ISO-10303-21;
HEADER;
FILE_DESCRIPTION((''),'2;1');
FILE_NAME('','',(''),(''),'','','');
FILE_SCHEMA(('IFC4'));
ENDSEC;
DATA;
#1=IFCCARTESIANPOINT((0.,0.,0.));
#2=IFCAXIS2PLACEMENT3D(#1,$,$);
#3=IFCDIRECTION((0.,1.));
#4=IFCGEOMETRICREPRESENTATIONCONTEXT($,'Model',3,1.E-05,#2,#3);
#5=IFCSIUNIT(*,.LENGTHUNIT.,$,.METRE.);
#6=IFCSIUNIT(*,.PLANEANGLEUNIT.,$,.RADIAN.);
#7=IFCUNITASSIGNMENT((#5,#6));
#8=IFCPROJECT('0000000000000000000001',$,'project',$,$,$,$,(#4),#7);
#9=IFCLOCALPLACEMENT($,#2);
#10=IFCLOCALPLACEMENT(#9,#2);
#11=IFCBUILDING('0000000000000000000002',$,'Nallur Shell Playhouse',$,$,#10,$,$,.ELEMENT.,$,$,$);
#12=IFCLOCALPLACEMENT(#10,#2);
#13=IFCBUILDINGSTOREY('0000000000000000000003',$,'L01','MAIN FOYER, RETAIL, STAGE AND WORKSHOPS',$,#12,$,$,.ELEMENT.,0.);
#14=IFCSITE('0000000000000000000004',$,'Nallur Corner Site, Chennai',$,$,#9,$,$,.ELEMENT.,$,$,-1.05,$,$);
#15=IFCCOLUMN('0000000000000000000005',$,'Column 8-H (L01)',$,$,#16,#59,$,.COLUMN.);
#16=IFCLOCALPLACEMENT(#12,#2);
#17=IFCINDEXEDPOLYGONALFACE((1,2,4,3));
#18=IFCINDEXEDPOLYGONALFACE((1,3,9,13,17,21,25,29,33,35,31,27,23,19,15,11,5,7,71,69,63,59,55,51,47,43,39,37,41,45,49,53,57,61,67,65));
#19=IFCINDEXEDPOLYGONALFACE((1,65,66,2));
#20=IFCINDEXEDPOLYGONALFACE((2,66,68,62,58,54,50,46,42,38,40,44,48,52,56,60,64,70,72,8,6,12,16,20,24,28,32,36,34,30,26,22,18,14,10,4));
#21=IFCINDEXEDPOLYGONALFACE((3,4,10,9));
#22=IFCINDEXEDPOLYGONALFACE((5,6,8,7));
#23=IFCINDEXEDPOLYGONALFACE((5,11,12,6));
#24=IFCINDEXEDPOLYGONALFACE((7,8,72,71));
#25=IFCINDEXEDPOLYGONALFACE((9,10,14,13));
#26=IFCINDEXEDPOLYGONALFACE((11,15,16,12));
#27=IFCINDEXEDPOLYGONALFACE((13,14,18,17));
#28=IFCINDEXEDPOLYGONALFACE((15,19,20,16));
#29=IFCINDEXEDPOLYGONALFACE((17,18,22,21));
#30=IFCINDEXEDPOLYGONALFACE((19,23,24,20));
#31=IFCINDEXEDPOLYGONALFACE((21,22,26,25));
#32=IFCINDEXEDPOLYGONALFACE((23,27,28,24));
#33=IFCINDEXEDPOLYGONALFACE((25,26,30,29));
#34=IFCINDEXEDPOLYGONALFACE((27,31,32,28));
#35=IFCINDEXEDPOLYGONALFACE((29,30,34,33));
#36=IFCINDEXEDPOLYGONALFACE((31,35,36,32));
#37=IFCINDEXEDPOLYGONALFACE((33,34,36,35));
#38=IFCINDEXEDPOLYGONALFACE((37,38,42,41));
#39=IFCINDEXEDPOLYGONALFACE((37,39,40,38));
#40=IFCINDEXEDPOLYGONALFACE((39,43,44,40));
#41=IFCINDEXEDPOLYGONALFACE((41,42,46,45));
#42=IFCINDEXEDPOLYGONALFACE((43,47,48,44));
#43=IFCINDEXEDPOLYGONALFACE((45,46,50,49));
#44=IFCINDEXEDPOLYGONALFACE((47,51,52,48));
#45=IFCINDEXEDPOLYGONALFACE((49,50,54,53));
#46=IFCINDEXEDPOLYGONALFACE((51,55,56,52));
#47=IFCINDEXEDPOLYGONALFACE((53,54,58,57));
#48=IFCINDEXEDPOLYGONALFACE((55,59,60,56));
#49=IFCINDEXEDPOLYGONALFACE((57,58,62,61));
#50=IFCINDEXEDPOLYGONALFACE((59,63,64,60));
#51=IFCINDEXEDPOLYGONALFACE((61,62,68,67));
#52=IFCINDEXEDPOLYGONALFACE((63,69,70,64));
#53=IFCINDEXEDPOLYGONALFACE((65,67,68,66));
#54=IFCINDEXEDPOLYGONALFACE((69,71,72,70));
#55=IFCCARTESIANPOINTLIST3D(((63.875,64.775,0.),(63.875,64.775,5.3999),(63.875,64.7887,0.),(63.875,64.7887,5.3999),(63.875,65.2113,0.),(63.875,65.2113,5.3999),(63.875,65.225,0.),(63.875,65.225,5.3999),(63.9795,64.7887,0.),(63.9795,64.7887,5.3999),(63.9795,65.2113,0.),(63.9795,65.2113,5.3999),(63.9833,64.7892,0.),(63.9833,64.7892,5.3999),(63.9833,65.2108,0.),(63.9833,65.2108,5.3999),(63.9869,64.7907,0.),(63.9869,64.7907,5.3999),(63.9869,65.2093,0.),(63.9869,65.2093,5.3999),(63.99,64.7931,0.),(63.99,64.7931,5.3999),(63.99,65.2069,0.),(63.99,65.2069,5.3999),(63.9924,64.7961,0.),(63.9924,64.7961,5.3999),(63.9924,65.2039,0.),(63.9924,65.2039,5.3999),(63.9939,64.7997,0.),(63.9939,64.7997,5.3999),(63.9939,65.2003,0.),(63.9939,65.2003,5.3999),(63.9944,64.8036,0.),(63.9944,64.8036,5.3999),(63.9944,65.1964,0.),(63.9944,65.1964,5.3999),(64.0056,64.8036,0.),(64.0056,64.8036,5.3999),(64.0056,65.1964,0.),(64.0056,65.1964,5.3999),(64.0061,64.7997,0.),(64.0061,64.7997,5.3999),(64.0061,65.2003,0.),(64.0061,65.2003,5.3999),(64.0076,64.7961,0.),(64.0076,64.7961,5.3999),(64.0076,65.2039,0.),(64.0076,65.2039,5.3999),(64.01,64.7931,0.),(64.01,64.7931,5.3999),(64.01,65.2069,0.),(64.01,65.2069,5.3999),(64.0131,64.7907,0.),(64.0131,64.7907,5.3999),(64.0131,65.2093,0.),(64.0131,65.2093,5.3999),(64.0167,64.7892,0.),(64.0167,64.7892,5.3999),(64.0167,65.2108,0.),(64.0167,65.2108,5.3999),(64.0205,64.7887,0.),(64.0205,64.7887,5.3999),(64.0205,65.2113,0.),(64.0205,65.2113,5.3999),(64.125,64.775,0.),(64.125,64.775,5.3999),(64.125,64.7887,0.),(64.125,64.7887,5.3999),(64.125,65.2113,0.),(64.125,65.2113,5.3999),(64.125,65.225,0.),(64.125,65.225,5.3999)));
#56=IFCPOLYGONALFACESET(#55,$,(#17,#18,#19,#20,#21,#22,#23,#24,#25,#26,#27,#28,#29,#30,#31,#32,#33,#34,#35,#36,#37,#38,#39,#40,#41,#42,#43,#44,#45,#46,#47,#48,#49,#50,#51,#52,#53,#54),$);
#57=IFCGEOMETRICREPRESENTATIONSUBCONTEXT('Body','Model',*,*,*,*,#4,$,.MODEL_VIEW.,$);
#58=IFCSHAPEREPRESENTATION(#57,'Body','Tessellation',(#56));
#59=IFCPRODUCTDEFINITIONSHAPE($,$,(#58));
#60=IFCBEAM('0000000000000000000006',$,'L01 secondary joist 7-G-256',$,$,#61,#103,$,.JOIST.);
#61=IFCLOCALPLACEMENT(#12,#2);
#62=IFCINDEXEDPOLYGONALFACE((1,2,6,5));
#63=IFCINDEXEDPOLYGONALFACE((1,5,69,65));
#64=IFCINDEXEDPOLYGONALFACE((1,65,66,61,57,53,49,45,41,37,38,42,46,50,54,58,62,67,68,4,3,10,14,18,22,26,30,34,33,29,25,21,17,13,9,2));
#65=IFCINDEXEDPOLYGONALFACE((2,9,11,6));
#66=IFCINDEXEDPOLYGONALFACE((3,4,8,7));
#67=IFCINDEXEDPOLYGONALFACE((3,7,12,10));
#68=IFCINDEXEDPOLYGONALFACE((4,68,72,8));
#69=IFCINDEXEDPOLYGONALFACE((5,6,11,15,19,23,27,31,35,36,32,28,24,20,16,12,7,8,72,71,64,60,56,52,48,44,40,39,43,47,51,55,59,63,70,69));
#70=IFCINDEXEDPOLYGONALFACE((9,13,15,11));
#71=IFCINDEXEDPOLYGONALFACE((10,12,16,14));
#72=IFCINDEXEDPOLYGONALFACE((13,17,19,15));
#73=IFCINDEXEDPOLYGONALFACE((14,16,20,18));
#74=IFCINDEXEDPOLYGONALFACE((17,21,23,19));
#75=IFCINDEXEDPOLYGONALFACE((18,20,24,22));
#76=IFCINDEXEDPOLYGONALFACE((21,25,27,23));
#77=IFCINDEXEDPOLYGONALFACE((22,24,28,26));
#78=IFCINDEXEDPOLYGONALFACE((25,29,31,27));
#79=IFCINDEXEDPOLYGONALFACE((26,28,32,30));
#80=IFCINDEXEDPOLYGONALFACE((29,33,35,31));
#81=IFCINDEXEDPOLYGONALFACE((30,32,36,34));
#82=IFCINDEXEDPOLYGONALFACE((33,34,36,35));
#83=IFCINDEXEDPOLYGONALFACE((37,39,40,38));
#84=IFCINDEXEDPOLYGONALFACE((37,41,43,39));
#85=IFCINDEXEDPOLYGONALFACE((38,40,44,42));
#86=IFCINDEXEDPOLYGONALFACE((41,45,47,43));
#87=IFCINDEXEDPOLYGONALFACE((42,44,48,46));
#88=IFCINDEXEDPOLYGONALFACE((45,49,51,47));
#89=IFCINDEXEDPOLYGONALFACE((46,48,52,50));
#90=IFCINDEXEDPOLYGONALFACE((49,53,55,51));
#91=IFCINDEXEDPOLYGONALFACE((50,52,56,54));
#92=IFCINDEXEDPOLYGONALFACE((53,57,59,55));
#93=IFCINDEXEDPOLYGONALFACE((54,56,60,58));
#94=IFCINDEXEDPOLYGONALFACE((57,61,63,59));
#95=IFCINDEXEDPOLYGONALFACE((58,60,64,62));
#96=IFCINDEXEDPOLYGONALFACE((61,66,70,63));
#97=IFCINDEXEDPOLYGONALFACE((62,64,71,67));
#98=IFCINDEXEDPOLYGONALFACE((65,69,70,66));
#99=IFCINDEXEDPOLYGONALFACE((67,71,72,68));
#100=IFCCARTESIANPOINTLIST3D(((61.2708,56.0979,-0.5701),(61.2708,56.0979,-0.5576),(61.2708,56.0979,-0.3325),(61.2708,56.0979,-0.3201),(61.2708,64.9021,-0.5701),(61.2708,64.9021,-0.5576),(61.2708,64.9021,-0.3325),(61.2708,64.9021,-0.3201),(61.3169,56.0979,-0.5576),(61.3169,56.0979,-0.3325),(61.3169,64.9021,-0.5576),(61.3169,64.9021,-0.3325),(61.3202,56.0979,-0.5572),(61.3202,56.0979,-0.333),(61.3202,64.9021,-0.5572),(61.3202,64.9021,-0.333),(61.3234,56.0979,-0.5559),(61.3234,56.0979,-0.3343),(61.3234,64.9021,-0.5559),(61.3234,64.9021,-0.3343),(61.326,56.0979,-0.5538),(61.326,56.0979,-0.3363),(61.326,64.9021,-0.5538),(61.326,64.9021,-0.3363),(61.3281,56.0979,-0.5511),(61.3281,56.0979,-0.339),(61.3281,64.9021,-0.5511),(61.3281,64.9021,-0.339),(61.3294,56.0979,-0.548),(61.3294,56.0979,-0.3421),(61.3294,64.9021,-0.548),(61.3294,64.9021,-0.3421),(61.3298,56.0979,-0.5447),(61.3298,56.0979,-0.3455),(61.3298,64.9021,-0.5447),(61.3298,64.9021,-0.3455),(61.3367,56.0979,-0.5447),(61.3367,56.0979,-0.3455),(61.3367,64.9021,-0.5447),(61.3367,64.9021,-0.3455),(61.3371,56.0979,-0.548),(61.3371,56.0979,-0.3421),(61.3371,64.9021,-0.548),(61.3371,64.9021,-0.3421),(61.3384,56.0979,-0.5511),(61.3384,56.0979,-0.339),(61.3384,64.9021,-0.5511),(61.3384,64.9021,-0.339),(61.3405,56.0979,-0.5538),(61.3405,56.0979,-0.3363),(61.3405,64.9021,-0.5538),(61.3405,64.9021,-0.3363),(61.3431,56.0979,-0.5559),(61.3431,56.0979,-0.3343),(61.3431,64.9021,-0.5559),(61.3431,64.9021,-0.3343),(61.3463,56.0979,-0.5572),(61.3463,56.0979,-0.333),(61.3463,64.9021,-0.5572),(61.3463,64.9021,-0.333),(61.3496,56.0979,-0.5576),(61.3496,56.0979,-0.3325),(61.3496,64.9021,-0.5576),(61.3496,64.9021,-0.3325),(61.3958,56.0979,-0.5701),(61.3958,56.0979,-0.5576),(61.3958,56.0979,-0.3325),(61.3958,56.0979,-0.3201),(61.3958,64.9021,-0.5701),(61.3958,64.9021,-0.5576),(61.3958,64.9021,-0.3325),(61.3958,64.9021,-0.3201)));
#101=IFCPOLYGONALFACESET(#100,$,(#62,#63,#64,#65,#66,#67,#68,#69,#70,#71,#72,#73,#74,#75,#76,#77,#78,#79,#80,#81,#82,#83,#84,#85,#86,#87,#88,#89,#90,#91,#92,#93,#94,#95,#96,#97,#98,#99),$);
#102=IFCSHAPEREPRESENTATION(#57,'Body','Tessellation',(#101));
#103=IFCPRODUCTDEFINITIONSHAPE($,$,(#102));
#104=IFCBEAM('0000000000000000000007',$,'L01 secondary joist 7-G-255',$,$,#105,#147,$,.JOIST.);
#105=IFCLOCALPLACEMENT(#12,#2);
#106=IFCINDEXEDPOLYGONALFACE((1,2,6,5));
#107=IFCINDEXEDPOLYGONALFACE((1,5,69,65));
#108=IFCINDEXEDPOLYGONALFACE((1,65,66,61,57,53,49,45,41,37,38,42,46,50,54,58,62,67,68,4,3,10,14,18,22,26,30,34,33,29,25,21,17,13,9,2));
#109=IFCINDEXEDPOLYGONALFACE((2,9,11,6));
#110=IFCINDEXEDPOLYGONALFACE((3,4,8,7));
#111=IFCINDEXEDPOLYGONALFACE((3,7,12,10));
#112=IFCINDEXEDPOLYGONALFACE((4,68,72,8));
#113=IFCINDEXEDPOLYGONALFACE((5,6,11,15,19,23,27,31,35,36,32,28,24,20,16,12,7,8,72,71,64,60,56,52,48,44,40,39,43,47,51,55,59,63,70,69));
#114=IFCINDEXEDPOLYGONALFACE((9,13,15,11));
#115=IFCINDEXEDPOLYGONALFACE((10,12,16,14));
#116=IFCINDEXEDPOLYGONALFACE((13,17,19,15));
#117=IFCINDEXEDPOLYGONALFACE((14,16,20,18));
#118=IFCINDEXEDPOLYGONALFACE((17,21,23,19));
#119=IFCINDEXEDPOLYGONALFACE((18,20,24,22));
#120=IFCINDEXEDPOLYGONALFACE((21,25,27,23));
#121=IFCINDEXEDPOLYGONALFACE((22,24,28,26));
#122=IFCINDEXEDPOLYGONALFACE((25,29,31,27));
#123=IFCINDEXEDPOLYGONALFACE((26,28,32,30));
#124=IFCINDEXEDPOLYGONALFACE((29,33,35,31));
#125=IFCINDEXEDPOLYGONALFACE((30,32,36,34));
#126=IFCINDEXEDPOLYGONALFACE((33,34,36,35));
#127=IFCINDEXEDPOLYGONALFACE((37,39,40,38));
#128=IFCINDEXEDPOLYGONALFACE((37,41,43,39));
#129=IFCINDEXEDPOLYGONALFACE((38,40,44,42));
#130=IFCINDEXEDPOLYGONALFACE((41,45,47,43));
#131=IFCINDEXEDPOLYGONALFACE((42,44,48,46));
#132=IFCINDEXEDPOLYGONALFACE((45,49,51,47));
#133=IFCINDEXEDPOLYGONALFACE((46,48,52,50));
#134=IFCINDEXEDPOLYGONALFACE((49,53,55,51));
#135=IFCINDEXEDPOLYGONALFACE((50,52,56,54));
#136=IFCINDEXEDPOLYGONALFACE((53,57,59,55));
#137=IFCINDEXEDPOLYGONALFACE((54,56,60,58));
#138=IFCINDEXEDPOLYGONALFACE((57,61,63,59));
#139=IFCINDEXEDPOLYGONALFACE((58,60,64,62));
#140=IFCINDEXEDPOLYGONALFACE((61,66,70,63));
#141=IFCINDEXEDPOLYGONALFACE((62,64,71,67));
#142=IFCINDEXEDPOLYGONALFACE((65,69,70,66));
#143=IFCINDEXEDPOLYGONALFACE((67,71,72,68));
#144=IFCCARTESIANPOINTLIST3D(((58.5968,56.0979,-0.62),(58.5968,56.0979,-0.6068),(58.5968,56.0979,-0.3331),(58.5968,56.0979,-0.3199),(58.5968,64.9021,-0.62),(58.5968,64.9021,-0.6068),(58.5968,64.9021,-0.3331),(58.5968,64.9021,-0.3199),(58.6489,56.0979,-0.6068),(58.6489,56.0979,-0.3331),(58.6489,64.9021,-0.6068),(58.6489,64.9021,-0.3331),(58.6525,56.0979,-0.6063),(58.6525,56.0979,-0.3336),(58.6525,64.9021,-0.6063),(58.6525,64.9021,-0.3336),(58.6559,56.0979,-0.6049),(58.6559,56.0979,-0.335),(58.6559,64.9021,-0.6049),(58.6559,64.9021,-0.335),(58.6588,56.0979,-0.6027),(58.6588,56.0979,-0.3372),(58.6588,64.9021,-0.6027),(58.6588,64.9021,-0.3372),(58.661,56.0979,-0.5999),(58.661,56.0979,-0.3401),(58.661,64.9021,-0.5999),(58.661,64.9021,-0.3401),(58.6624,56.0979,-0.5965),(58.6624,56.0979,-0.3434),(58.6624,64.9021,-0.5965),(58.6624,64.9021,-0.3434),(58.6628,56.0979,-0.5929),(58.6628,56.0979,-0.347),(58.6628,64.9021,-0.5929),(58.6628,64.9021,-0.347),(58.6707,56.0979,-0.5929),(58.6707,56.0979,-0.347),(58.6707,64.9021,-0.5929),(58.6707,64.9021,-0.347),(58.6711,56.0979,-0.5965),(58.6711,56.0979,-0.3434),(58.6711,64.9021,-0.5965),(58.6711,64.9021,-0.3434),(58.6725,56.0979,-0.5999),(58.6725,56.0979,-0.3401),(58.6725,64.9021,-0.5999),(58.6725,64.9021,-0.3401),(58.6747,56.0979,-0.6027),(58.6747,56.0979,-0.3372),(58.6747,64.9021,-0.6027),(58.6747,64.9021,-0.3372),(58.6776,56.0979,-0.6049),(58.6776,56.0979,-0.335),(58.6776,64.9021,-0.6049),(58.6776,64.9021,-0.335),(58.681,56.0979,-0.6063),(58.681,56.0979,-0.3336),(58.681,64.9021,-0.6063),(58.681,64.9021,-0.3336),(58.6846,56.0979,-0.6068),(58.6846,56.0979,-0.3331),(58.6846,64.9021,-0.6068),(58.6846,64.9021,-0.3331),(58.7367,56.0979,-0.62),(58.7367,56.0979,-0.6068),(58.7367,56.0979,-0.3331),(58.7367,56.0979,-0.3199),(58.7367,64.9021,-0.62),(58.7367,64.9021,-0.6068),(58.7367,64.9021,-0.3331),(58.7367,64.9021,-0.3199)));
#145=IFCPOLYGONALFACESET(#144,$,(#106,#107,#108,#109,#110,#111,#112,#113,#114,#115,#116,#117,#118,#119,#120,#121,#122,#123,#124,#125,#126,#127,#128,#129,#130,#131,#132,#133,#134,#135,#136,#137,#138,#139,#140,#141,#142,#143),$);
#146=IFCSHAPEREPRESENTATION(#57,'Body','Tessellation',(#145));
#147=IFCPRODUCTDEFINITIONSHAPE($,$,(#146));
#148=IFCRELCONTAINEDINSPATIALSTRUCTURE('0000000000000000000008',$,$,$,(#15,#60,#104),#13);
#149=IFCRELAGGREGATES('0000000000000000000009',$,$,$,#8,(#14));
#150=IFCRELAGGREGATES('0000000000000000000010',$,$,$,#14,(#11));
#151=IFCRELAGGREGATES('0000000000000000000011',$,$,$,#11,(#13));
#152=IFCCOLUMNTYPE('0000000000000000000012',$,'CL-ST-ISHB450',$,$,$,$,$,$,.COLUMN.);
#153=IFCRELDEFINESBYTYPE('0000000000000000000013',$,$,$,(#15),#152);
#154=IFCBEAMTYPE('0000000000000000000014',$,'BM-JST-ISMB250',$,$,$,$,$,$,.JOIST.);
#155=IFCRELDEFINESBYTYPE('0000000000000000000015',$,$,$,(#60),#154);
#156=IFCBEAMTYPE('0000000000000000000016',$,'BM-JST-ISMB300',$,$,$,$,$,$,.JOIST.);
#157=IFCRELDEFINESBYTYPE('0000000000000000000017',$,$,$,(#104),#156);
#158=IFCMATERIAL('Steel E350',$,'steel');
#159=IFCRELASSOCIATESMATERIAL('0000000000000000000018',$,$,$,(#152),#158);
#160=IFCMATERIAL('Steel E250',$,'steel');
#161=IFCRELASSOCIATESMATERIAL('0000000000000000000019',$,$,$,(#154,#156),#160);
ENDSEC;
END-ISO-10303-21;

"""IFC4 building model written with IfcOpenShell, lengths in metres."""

from ifc_helpers import new_model, si_unit, direction, frame, origin, origin_2d, place, context, subcontext, project, spatial, i_section, extrude, material, material_profile, profile_set, type_object, element, save


model = new_model("IFC4")

# Units and contexts
model_context = context("Model", 3, precision=1e-05, world=origin(), true_north=direction((0.0, 1.0)))
body_context = subcontext(model_context, "Body", "Model", "MODEL_VIEW")
ifc_project = project(units=[si_unit("LENGTHUNIT", "METRE"), si_unit("PLANEANGLEUNIT", "RADIAN")], contexts=[model_context])

# Site, building, storey
site_placement = place(None, origin())
site = spatial("IfcSite", under=ifc_project, at=site_placement, Name="Nallur Corner Site, Chennai", CompositionType="ELEMENT", RefElevation=-1.05)
building_placement = place(site_placement, origin())
building = spatial("IfcBuilding", under=site, at=building_placement, Name="Nallur Shell Playhouse", CompositionType="ELEMENT")
storey_placement = place(building_placement, origin())
storey = spatial("IfcBuildingStorey", under=building, at=storey_placement, Name="L01", Description="MAIN FOYER, RETAIL, STAGE AND WORKSHOPS", CompositionType="ELEMENT", Elevation=0.0)

# Column
ifc_material_1 = material(Name="Steel E350", Category="steel")
ifc_material_profile_1 = material_profile(ifc_material_1, i_section(OverallWidth=0.25, OverallDepth=0.45, WebThickness=0.0112, FlangeThickness=0.0137, FilletRadius=0.0149, at=origin_2d()), Name="ISHB 450")
ifc_profile_set_1 = profile_set([ifc_material_profile_1], Name="Steel E350")
column_type_1 = type_object("IfcColumnType", Name="CL-ST-ISHB450", PredefinedType="COLUMN", material=ifc_profile_set_1)
for number, where, z_axis, x_axis, name in (
    (1, (64.0, 65.0, 0.0), (0.0, 0.0, 1.0), (1.0, 0.0, 0.0), "Column 8-H (L01)"),
):
    element("IfcColumn", number, at=place(storey_placement, frame(where, z_axis=z_axis, x_axis=x_axis)), inside=storey, type_object=column_type_1, Name=name, PredefinedType="COLUMN", context=body_context, shape_type="SweptSolid", body=[
        extrude(i_section(OverallWidth=0.25, OverallDepth=0.45, WebThickness=0.0112, FlangeThickness=0.0137, FilletRadius=0.0149, at=origin_2d()), origin(), (0.0, 0.0, 1.0), 5.3999),
    ])

# Beams
ifc_material_2 = material(Name="Steel E250", Category="steel")
ifc_material_profile_2 = material_profile(ifc_material_2, i_section(OverallWidth=0.125, OverallDepth=0.25, WebThickness=0.0068, FlangeThickness=0.0125, FilletRadius=0.0129, at=origin_2d()), Name="ISMB 250")
ifc_profile_set_2 = profile_set([ifc_material_profile_2], Name="Steel E250")
beam_type_1 = type_object("IfcBeamType", Name="BM-JST-ISMB250", PredefinedType="JOIST", material=ifc_profile_set_2)
beam_1_placement = place(storey_placement, frame((61.3333, 56.0979, -0.4451), z_axis=(0.0, 1.0, 0.0), x_axis=(-1.0, 0.0, 0.0)))
element("IfcBeam", 2, at=beam_1_placement, inside=storey, type_object=beam_type_1, Name="L01 secondary joist 7-G-256", PredefinedType="JOIST", context=body_context, shape_type="SweptSolid", body=[
    extrude(i_section(OverallWidth=0.125, OverallDepth=0.25, WebThickness=0.0068, FlangeThickness=0.0125, FilletRadius=0.0129, at=origin_2d()), origin(), (0.0, 0.0, 1.0), 8.8042),
])
ifc_material_profile_3 = material_profile(ifc_material_2, i_section(OverallWidth=0.1399, OverallDepth=0.3, WebThickness=0.0078, FlangeThickness=0.0132, FilletRadius=0.0139, at=origin_2d()), Name="ISMB 300")
ifc_profile_set_3 = profile_set([ifc_material_profile_3], Name="Steel E250")
beam_type_2 = type_object("IfcBeamType", Name="BM-JST-ISMB300", PredefinedType="JOIST", material=ifc_profile_set_3)
beam_2_placement = place(storey_placement, frame((58.6667, 56.0979, -0.47), z_axis=(0.0, 1.0, 0.0), x_axis=(-1.0, 0.0, 0.0)))
element("IfcBeam", 3, at=beam_2_placement, inside=storey, type_object=beam_type_2, Name="L01 secondary joist 7-G-255", PredefinedType="JOIST", context=body_context, shape_type="SweptSolid", body=[
    extrude(i_section(OverallWidth=0.1399, OverallDepth=0.3, WebThickness=0.0078, FlangeThickness=0.0132, FilletRadius=0.0139, at=origin_2d()), origin(), (0.0, 0.0, 1.0), 8.8042),
])

save(model, "model.ifc")
